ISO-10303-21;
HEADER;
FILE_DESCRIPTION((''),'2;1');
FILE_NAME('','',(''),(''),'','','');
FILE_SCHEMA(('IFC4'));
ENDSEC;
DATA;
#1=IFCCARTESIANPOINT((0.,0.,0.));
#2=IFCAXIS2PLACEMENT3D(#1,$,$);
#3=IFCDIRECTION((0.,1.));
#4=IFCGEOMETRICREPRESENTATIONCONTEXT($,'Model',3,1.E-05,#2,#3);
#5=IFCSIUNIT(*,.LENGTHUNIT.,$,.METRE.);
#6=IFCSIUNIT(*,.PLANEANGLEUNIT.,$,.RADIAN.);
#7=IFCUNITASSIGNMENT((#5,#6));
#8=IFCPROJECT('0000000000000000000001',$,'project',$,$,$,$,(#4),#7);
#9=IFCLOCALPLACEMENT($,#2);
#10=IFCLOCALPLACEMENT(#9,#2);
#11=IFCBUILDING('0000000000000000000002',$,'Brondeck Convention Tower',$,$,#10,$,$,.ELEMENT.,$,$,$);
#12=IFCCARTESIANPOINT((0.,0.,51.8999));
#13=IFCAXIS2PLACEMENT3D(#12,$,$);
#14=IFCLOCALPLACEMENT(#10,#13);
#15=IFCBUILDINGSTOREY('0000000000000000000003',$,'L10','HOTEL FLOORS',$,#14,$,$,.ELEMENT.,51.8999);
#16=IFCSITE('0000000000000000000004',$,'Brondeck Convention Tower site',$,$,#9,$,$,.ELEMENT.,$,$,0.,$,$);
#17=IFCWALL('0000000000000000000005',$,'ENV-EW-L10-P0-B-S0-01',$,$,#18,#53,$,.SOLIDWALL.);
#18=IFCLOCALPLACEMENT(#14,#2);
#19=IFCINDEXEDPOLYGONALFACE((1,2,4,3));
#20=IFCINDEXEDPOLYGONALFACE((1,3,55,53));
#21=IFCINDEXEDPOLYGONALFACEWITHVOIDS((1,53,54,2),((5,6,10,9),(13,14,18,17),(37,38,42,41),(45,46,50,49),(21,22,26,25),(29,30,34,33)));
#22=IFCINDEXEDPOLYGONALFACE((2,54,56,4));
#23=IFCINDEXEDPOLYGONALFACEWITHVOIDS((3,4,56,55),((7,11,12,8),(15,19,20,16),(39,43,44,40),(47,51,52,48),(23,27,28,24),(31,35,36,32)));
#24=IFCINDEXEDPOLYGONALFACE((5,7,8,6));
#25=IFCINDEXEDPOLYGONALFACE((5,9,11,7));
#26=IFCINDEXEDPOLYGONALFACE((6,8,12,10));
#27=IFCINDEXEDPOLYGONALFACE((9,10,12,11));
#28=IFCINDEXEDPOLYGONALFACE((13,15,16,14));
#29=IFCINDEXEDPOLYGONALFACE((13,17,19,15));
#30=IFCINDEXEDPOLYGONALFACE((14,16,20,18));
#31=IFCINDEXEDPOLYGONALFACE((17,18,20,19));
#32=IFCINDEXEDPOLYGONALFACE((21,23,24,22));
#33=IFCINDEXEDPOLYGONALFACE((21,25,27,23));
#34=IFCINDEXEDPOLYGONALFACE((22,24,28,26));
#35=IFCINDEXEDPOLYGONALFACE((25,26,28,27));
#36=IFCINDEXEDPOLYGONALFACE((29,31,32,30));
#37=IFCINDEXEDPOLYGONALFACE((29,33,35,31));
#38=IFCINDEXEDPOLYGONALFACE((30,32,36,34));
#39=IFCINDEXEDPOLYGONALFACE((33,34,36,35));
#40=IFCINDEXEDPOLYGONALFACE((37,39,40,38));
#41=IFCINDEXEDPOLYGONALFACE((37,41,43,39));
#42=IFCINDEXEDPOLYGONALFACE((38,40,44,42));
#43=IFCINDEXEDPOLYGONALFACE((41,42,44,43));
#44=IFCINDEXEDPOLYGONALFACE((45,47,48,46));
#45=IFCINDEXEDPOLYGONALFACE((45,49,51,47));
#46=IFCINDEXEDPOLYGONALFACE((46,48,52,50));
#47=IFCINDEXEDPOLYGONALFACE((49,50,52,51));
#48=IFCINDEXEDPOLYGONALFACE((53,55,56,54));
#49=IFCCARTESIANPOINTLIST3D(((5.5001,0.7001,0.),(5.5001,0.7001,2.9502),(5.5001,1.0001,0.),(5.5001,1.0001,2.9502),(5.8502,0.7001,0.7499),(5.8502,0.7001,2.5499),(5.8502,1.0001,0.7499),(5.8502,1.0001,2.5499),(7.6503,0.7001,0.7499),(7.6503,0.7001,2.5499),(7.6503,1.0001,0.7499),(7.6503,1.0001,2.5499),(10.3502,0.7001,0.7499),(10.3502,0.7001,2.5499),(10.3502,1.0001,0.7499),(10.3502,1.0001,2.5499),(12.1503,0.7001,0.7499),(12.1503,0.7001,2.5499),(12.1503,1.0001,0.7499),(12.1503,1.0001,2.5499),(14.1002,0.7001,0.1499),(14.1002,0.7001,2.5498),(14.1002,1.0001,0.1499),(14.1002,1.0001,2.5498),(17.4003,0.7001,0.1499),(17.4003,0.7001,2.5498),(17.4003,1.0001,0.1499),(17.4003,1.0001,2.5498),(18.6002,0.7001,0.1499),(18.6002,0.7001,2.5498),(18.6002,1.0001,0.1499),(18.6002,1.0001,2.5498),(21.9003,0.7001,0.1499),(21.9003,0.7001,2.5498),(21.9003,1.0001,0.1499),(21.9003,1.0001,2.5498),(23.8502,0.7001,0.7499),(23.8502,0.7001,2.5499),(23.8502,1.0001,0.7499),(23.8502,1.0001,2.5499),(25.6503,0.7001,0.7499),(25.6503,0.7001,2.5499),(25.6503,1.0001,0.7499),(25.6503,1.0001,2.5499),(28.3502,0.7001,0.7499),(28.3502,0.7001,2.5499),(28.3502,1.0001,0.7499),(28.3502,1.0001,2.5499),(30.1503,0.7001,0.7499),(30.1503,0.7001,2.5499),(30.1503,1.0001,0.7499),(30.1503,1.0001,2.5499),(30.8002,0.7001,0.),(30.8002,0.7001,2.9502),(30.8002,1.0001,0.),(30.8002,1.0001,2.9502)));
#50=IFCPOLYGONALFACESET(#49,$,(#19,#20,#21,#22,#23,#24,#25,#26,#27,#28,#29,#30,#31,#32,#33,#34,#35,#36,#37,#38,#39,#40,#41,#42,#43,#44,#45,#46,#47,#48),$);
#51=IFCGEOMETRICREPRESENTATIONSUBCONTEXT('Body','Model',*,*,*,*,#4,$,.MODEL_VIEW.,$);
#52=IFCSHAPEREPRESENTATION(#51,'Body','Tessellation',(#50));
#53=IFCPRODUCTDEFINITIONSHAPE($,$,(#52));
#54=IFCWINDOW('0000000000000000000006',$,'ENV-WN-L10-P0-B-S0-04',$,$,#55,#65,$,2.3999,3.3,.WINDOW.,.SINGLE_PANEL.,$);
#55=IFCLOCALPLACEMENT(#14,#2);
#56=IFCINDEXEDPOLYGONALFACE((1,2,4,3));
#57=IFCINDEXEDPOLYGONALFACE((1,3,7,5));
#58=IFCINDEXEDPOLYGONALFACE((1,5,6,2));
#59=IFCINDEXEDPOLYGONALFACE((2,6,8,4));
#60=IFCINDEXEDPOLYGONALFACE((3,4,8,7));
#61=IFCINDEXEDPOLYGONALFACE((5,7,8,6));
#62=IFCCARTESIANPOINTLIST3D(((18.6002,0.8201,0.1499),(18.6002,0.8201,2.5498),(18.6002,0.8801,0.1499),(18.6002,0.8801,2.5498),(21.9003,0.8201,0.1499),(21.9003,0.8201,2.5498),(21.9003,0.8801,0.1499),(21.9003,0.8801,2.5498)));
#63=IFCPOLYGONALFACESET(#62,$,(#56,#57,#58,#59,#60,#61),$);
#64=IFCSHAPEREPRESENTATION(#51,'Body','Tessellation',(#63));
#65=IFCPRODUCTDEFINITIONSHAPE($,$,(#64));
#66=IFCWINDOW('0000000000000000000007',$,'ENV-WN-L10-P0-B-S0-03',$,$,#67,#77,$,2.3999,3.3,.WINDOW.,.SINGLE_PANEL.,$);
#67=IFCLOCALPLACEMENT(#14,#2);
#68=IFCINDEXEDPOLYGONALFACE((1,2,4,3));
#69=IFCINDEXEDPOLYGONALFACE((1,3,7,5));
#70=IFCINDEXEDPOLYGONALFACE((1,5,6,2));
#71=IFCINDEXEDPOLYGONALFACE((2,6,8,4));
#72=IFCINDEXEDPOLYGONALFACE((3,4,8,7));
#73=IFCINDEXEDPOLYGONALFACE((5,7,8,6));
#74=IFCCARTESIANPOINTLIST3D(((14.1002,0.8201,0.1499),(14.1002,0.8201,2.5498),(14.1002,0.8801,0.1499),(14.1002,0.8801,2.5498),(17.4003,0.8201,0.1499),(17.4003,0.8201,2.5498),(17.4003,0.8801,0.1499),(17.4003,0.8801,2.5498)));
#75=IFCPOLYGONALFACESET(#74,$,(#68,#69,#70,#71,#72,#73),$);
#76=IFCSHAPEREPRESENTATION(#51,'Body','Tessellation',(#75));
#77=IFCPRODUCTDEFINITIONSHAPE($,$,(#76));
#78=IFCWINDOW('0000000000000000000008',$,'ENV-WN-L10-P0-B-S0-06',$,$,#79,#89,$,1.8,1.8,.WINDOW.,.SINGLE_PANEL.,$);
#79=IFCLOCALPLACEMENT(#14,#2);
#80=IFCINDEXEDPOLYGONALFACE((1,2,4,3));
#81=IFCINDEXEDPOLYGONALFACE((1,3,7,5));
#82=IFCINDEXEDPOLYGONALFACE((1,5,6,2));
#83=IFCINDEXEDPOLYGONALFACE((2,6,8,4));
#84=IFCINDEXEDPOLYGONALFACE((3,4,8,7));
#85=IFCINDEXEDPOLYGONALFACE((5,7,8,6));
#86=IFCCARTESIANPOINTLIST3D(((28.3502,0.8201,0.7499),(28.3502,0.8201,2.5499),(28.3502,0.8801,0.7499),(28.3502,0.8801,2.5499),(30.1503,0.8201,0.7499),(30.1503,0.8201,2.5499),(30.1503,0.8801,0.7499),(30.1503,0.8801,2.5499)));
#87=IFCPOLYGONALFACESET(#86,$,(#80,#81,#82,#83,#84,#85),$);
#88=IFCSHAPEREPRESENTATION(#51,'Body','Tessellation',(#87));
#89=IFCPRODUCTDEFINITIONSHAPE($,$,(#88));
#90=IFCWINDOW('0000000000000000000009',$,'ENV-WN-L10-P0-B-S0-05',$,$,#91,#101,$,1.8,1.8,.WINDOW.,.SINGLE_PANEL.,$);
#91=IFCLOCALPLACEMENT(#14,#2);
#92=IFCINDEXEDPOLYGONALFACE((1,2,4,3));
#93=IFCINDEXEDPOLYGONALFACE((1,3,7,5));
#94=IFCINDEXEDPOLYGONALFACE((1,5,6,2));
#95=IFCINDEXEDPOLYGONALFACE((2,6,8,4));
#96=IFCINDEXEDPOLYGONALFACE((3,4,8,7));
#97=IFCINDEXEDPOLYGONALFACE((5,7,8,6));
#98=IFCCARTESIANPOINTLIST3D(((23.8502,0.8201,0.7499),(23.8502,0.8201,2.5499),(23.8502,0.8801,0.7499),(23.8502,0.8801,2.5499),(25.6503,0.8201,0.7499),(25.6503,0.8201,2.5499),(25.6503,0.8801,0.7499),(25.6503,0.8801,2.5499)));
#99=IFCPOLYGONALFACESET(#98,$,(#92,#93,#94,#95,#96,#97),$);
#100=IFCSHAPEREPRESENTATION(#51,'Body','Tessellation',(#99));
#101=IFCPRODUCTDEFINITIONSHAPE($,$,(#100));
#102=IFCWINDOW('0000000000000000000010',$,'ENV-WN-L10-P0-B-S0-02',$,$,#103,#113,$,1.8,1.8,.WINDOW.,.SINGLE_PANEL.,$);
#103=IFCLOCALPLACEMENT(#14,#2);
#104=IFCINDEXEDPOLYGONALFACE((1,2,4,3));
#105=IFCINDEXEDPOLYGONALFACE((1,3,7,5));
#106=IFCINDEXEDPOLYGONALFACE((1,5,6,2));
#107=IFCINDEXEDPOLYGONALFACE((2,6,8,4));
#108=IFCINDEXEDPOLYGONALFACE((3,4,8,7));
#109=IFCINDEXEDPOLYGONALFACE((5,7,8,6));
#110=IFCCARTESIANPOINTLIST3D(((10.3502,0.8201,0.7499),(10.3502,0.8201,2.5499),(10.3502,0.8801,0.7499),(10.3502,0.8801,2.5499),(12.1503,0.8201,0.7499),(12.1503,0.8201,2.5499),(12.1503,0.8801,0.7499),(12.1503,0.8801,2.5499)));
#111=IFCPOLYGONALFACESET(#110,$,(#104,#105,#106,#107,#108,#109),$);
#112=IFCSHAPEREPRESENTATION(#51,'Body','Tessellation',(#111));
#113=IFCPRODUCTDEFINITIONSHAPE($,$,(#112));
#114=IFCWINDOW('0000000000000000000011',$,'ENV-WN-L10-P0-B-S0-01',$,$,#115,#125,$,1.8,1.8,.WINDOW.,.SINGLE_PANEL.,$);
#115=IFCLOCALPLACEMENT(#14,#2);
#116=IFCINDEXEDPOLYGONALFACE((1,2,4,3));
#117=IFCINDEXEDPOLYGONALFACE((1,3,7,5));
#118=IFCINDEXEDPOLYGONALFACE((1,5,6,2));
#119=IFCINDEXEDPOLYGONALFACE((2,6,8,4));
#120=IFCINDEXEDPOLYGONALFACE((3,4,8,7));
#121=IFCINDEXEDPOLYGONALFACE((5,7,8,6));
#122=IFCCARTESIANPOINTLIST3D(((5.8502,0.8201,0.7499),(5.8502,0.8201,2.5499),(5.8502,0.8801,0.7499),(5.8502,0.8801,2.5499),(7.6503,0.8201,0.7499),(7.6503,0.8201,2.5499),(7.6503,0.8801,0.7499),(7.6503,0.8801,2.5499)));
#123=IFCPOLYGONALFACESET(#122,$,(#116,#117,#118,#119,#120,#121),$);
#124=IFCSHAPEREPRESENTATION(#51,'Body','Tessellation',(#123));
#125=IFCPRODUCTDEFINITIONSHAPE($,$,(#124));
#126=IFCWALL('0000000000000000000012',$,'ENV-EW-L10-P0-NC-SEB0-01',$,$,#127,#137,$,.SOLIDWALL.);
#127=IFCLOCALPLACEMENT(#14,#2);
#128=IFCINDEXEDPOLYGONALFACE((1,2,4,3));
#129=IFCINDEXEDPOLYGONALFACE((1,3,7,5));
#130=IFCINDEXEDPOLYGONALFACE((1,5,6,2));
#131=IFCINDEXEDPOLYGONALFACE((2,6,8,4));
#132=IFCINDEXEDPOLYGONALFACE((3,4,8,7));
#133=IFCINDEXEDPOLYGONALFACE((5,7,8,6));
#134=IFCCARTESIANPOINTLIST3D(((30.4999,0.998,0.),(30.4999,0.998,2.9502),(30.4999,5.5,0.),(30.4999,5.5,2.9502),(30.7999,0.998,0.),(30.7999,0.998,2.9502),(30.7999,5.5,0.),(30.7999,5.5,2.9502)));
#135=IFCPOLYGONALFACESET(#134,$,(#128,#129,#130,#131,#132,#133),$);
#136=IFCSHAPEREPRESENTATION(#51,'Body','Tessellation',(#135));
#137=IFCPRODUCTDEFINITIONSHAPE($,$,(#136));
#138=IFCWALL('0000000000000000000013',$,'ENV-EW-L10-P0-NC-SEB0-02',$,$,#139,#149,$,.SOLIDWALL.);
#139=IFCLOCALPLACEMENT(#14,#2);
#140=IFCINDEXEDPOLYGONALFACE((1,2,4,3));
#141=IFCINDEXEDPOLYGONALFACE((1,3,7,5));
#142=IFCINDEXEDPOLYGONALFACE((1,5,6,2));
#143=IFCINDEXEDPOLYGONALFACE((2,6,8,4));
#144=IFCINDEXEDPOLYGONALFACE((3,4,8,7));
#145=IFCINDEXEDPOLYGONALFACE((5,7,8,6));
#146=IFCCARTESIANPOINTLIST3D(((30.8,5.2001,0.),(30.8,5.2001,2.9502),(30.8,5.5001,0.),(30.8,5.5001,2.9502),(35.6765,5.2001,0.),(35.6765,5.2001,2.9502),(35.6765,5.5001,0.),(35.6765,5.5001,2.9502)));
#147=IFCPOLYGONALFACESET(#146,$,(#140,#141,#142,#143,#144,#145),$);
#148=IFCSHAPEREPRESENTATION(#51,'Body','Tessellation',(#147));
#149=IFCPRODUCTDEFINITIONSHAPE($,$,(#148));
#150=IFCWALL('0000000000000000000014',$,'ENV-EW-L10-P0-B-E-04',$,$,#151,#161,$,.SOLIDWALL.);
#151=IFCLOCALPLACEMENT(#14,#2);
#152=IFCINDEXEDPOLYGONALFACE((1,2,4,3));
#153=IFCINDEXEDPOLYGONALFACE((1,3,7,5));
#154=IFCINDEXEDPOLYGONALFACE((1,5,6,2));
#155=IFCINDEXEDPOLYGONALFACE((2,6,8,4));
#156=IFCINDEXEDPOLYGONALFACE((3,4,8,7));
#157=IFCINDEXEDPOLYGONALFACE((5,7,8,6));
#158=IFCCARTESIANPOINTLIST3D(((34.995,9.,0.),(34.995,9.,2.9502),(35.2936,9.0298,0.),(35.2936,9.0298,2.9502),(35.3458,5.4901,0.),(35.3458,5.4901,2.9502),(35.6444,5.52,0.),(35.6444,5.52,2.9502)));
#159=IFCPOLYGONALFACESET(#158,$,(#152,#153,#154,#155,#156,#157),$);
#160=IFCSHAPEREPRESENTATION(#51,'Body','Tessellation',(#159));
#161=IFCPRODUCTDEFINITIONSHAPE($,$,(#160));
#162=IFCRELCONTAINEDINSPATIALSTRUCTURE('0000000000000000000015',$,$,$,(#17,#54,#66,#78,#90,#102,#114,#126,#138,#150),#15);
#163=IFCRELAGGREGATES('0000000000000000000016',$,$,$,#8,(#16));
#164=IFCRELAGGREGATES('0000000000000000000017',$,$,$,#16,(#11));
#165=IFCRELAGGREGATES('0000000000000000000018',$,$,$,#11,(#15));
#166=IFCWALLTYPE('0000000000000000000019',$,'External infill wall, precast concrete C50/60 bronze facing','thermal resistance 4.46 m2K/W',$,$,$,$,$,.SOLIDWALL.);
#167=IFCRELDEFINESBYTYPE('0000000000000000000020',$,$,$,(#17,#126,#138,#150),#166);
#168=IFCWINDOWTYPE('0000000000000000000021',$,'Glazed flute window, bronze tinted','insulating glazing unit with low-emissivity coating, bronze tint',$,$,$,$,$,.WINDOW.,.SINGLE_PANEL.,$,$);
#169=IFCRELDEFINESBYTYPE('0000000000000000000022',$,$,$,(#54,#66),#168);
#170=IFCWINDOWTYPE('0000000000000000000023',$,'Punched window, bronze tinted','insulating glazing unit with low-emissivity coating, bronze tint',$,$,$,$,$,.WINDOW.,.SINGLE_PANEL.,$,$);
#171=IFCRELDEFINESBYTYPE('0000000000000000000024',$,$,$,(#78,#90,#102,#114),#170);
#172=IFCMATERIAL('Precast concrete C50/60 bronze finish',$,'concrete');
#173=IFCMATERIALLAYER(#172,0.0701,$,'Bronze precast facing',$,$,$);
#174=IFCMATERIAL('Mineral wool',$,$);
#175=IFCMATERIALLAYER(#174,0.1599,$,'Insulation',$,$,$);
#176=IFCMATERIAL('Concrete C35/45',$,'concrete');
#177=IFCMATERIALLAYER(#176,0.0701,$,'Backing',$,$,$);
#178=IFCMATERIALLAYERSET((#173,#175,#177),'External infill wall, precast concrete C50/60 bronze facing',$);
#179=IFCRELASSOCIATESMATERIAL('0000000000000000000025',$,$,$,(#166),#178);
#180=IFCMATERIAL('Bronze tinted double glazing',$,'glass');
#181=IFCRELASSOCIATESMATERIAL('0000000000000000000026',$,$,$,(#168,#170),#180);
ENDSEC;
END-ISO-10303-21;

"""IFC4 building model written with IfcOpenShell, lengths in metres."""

from ifc_helpers import new_model, si_unit, direction, frame, frame_2d, origin, place, context, subcontext, project, spatial, rectangle, extrude, material, layer, layer_set, type_object, element, fill, save


model = new_model("IFC4")

# Units and contexts
model_context = context("Model", 3, precision=1e-05, world=origin(), true_north=direction((0.0, 1.0)))
body_context = subcontext(model_context, "Body", "Model", "MODEL_VIEW")
ifc_project = project(units=[si_unit("LENGTHUNIT", "METRE"), si_unit("PLANEANGLEUNIT", "RADIAN")], contexts=[model_context])

# Site, building, storey
site_placement = place(None, origin())
site = spatial("IfcSite", under=ifc_project, at=site_placement, Name="Brondeck Convention Tower site", CompositionType="ELEMENT", RefElevation=0.0)
building_placement = place(site_placement, origin())
building = spatial("IfcBuilding", under=site, at=building_placement, Name="Brondeck Convention Tower", CompositionType="ELEMENT")
storey_placement = place(building_placement, frame((0.0, 0.0, 51.8999)))
storey = spatial("IfcBuildingStorey", under=building, at=storey_placement, Name="L10", Description="HOTEL FLOORS", CompositionType="ELEMENT", Elevation=51.8999)

# Wall, openings, windows
ifc_material_1 = material(Name="Precast concrete C50/60 bronze finish", Category="concrete")
ifc_layer_1 = layer(ifc_material_1, 0.0701, Name="Bronze precast facing")
ifc_material_2 = material(Name="Mineral wool")
ifc_layer_2 = layer(ifc_material_2, 0.1599, Name="Insulation")
ifc_material_3 = material(Name="Concrete C35/45", Category="concrete")
ifc_layer_3 = layer(ifc_material_3, 0.0701, Name="Backing")
ifc_layer_set_1 = layer_set([ifc_layer_1, ifc_layer_2, ifc_layer_3], Name="External infill wall, precast concrete C50/60 bronze facing")
wall_type_1 = type_object("IfcWallType", Name="External infill wall, precast concrete C50/60 bronze facing", Description="thermal resistance 4.46 m2K/W", PredefinedType="SOLIDWALL", material=ifc_layer_set_1)
wall_1_placement = place(storey_placement, frame((30.8, 0.8501, 0.0), z_axis=(0.0, 0.0, 1.0), x_axis=(-1.0, 0.0, 0.0)))
wall_1 = element("IfcWall", 1, at=wall_1_placement, inside=storey, type_object=wall_type_1, Name="ENV-EW-L10-P0-B-S0-01", PredefinedType="SOLIDWALL", context=body_context, shape_type="SweptSolid", body=[
    extrude(rectangle(XDim=25.3, YDim=0.3, at=frame_2d((12.6499, 0.0))), origin(), (0.0, 0.0, 1.0), 2.9502),
])
opening_1_placement = place(wall_1_placement, frame((0.6499, 0.0, 0.75)))
opening_1 = element("IfcOpeningElement", 2, at=opening_1_placement, cuts=wall_1, PredefinedType="OPENING", context=body_context, shape_type="SweptSolid", body=[
    extrude(rectangle(XDim=1.8, YDim=1.8, at=frame_2d((0.8999, 0.8999))), frame((0.0, 0.1599, 0.0), z_axis=(0.0, -1.0, 0.0), x_axis=(1.0, 0.0, 0.0)), (0.0, 0.0, 1.0), 0.3201),
])
opening_2_placement = place(wall_1_placement, frame((5.1499, 0.0, 0.75)))
opening_2 = element("IfcOpeningElement", 3, at=opening_2_placement, cuts=wall_1, PredefinedType="OPENING", context=body_context, shape_type="SweptSolid", body=[
    extrude(rectangle(XDim=1.8, YDim=1.8, at=frame_2d((0.8999, 0.8999))), frame((0.0, 0.1599, 0.0), z_axis=(0.0, -1.0, 0.0), x_axis=(1.0, 0.0, 0.0)), (0.0, 0.0, 1.0), 0.3201),
])
opening_3_placement = place(wall_1_placement, frame((8.8999, 0.0, 0.1499)))
opening_3 = element("IfcOpeningElement", 4, at=opening_3_placement, cuts=wall_1, PredefinedType="OPENING", context=body_context, shape_type="SweptSolid", body=[
    extrude(rectangle(XDim=3.3, YDim=2.3999, at=frame_2d((1.6499, 1.2))), frame((0.0, 0.1599, 0.0), z_axis=(0.0, -1.0, 0.0), x_axis=(1.0, 0.0, 0.0)), (0.0, 0.0, 1.0), 0.3201),
])
opening_4_placement = place(wall_1_placement, frame((13.3999, 0.0, 0.1499)))
opening_4 = element("IfcOpeningElement", 5, at=opening_4_placement, cuts=wall_1, PredefinedType="OPENING", context=body_context, shape_type="SweptSolid", body=[
    extrude(rectangle(XDim=3.3, YDim=2.3999, at=frame_2d((1.6499, 1.2))), frame((0.0, 0.1599, 0.0), z_axis=(0.0, -1.0, 0.0), x_axis=(1.0, 0.0, 0.0)), (0.0, 0.0, 1.0), 0.3201),
])
opening_5_placement = place(wall_1_placement, frame((18.6499, 0.0, 0.75)))
opening_5 = element("IfcOpeningElement", 6, at=opening_5_placement, cuts=wall_1, PredefinedType="OPENING", context=body_context, shape_type="SweptSolid", body=[
    extrude(rectangle(XDim=1.8, YDim=1.8, at=frame_2d((0.8999, 0.8999))), frame((0.0, 0.1599, 0.0), z_axis=(0.0, -1.0, 0.0), x_axis=(1.0, 0.0, 0.0)), (0.0, 0.0, 1.0), 0.3201),
])
opening_6_placement = place(wall_1_placement, frame((23.1499, 0.0, 0.75)))
opening_6 = element("IfcOpeningElement", 7, at=opening_6_placement, cuts=wall_1, PredefinedType="OPENING", context=body_context, shape_type="SweptSolid", body=[
    extrude(rectangle(XDim=1.8, YDim=1.8, at=frame_2d((0.8999, 0.8999))), frame((0.0, 0.1599, 0.0), z_axis=(0.0, -1.0, 0.0), x_axis=(1.0, 0.0, 0.0)), (0.0, 0.0, 1.0), 0.3201),
])
ifc_material_4 = material(Name="Bronze tinted double glazing", Category="glass")
window_type_1 = type_object("IfcWindowType", Name="Glazed flute window, bronze tinted", Description="insulating glazing unit with low-emissivity coating, bronze tint", PartitioningType="SINGLE_PANEL", PredefinedType="WINDOW", material=ifc_material_4)
window_1_placement = place(opening_3_placement, origin())
window_1 = element("IfcWindow", 8, at=window_1_placement, inside=storey, type_object=window_type_1, Name="ENV-WN-L10-P0-B-S0-04", OverallHeight=2.3999, OverallWidth=3.3, PartitioningType="SINGLE_PANEL", PredefinedType="WINDOW", context=body_context, shape_type="SweptSolid", body=[
    extrude(rectangle(XDim=3.3, YDim=2.3999, at=frame_2d((1.6499, 1.2))), frame((0.0, 0.03, 0.0), z_axis=(0.0, -1.0, 0.0), x_axis=(1.0, 0.0, 0.0)), (0.0, 0.0, 1.0), 0.0601),
])
fill(opening_3, window_1)
window_2_placement = place(opening_4_placement, origin())
window_2 = element("IfcWindow", 9, at=window_2_placement, inside=storey, type_object=window_type_1, Name="ENV-WN-L10-P0-B-S0-03", OverallHeight=2.3999, OverallWidth=3.3, PartitioningType="SINGLE_PANEL", PredefinedType="WINDOW", context=body_context, shape_type="SweptSolid", body=[
    extrude(rectangle(XDim=3.3, YDim=2.3999, at=frame_2d((1.6499, 1.2))), frame((0.0, 0.03, 0.0), z_axis=(0.0, -1.0, 0.0), x_axis=(1.0, 0.0, 0.0)), (0.0, 0.0, 1.0), 0.0601),
])
fill(opening_4, window_2)
window_type_2 = type_object("IfcWindowType", Name="Punched window, bronze tinted", Description="insulating glazing unit with low-emissivity coating, bronze tint", PartitioningType="SINGLE_PANEL", PredefinedType="WINDOW", material=ifc_material_4)
window_3_placement = place(opening_1_placement, origin())
window_3 = element("IfcWindow", 10, at=window_3_placement, inside=storey, type_object=window_type_2, Name="ENV-WN-L10-P0-B-S0-06", OverallHeight=1.8, OverallWidth=1.8, PartitioningType="SINGLE_PANEL", PredefinedType="WINDOW", context=body_context, shape_type="SweptSolid", body=[
    extrude(rectangle(XDim=1.8, YDim=1.8, at=frame_2d((0.8999, 0.8999))), frame((0.0, 0.03, 0.0), z_axis=(0.0, -1.0, 0.0), x_axis=(1.0, 0.0, 0.0)), (0.0, 0.0, 1.0), 0.0601),
])
fill(opening_1, window_3)
window_4_placement = place(opening_2_placement, origin())
window_4 = element("IfcWindow", 11, at=window_4_placement, inside=storey, type_object=window_type_2, Name="ENV-WN-L10-P0-B-S0-05", OverallHeight=1.8, OverallWidth=1.8, PartitioningType="SINGLE_PANEL", PredefinedType="WINDOW", context=body_context, shape_type="SweptSolid", body=[
    extrude(rectangle(XDim=1.8, YDim=1.8, at=frame_2d((0.8999, 0.8999))), frame((0.0, 0.03, 0.0), z_axis=(0.0, -1.0, 0.0), x_axis=(1.0, 0.0, 0.0)), (0.0, 0.0, 1.0), 0.0601),
])
fill(opening_2, window_4)
window_5_placement = place(opening_5_placement, origin())
window_5 = element("IfcWindow", 12, at=window_5_placement, inside=storey, type_object=window_type_2, Name="ENV-WN-L10-P0-B-S0-02", OverallHeight=1.8, OverallWidth=1.8, PartitioningType="SINGLE_PANEL", PredefinedType="WINDOW", context=body_context, shape_type="SweptSolid", body=[
    extrude(rectangle(XDim=1.8, YDim=1.8, at=frame_2d((0.8999, 0.8999))), frame((0.0, 0.03, 0.0), z_axis=(0.0, -1.0, 0.0), x_axis=(1.0, 0.0, 0.0)), (0.0, 0.0, 1.0), 0.0601),
])
fill(opening_5, window_5)
window_6_placement = place(opening_6_placement, origin())
window_6 = element("IfcWindow", 13, at=window_6_placement, inside=storey, type_object=window_type_2, Name="ENV-WN-L10-P0-B-S0-01", OverallHeight=1.8, OverallWidth=1.8, PartitioningType="SINGLE_PANEL", PredefinedType="WINDOW", context=body_context, shape_type="SweptSolid", body=[
    extrude(rectangle(XDim=1.8, YDim=1.8, at=frame_2d((0.8999, 0.8999))), frame((0.0, 0.03, 0.0), z_axis=(0.0, -1.0, 0.0), x_axis=(1.0, 0.0, 0.0)), (0.0, 0.0, 1.0), 0.0601),
])
fill(opening_6, window_6)

# Walls
wall_2_placement = place(storey_placement, frame((30.6499, 5.5, 0.0), z_axis=(0.0, 0.0, 1.0), x_axis=(0.0, -1.0, 0.0)))
element("IfcWall", 14, at=wall_2_placement, inside=storey, type_object=wall_type_1, Name="ENV-EW-L10-P0-NC-SEB0-01", PredefinedType="SOLIDWALL", context=body_context, shape_type="SweptSolid", body=[
    extrude(rectangle(XDim=4.502, YDim=0.3, at=frame_2d((2.251, 0.0))), origin(), (0.0, 0.0, 1.0), 2.9502),
])
wall_3_placement = place(storey_placement, frame((35.6765, 5.3501, 0.0), z_axis=(0.0, 0.0, 1.0), x_axis=(-1.0, 0.0, 0.0)))
element("IfcWall", 15, at=wall_3_placement, inside=storey, type_object=wall_type_1, Name="ENV-EW-L10-P0-NC-SEB0-02", PredefinedType="SOLIDWALL", context=body_context, shape_type="SweptSolid", body=[
    extrude(rectangle(XDim=4.8765, YDim=0.3, at=frame_2d((2.4382, 0.0))), origin(), (0.0, 0.0, 1.0), 2.9502),
])
wall_4_placement = place(storey_placement, frame((35.1443, 9.0149, 0.0), z_axis=(0.0, 0.0, 1.0), x_axis=(0.099463, -0.995041, 0.0)))
element("IfcWall", 16, at=wall_4_placement, inside=storey, type_object=wall_type_1, Name="ENV-EW-L10-P0-B-E-04", PredefinedType="SOLIDWALL", context=body_context, shape_type="SweptSolid", body=[
    extrude(rectangle(XDim=3.5273, YDim=0.3, at=frame_2d((1.7637, 0.0))), origin(), (0.0, 0.0, 1.0), 2.9502),
])

save(model, "model.ifc")
